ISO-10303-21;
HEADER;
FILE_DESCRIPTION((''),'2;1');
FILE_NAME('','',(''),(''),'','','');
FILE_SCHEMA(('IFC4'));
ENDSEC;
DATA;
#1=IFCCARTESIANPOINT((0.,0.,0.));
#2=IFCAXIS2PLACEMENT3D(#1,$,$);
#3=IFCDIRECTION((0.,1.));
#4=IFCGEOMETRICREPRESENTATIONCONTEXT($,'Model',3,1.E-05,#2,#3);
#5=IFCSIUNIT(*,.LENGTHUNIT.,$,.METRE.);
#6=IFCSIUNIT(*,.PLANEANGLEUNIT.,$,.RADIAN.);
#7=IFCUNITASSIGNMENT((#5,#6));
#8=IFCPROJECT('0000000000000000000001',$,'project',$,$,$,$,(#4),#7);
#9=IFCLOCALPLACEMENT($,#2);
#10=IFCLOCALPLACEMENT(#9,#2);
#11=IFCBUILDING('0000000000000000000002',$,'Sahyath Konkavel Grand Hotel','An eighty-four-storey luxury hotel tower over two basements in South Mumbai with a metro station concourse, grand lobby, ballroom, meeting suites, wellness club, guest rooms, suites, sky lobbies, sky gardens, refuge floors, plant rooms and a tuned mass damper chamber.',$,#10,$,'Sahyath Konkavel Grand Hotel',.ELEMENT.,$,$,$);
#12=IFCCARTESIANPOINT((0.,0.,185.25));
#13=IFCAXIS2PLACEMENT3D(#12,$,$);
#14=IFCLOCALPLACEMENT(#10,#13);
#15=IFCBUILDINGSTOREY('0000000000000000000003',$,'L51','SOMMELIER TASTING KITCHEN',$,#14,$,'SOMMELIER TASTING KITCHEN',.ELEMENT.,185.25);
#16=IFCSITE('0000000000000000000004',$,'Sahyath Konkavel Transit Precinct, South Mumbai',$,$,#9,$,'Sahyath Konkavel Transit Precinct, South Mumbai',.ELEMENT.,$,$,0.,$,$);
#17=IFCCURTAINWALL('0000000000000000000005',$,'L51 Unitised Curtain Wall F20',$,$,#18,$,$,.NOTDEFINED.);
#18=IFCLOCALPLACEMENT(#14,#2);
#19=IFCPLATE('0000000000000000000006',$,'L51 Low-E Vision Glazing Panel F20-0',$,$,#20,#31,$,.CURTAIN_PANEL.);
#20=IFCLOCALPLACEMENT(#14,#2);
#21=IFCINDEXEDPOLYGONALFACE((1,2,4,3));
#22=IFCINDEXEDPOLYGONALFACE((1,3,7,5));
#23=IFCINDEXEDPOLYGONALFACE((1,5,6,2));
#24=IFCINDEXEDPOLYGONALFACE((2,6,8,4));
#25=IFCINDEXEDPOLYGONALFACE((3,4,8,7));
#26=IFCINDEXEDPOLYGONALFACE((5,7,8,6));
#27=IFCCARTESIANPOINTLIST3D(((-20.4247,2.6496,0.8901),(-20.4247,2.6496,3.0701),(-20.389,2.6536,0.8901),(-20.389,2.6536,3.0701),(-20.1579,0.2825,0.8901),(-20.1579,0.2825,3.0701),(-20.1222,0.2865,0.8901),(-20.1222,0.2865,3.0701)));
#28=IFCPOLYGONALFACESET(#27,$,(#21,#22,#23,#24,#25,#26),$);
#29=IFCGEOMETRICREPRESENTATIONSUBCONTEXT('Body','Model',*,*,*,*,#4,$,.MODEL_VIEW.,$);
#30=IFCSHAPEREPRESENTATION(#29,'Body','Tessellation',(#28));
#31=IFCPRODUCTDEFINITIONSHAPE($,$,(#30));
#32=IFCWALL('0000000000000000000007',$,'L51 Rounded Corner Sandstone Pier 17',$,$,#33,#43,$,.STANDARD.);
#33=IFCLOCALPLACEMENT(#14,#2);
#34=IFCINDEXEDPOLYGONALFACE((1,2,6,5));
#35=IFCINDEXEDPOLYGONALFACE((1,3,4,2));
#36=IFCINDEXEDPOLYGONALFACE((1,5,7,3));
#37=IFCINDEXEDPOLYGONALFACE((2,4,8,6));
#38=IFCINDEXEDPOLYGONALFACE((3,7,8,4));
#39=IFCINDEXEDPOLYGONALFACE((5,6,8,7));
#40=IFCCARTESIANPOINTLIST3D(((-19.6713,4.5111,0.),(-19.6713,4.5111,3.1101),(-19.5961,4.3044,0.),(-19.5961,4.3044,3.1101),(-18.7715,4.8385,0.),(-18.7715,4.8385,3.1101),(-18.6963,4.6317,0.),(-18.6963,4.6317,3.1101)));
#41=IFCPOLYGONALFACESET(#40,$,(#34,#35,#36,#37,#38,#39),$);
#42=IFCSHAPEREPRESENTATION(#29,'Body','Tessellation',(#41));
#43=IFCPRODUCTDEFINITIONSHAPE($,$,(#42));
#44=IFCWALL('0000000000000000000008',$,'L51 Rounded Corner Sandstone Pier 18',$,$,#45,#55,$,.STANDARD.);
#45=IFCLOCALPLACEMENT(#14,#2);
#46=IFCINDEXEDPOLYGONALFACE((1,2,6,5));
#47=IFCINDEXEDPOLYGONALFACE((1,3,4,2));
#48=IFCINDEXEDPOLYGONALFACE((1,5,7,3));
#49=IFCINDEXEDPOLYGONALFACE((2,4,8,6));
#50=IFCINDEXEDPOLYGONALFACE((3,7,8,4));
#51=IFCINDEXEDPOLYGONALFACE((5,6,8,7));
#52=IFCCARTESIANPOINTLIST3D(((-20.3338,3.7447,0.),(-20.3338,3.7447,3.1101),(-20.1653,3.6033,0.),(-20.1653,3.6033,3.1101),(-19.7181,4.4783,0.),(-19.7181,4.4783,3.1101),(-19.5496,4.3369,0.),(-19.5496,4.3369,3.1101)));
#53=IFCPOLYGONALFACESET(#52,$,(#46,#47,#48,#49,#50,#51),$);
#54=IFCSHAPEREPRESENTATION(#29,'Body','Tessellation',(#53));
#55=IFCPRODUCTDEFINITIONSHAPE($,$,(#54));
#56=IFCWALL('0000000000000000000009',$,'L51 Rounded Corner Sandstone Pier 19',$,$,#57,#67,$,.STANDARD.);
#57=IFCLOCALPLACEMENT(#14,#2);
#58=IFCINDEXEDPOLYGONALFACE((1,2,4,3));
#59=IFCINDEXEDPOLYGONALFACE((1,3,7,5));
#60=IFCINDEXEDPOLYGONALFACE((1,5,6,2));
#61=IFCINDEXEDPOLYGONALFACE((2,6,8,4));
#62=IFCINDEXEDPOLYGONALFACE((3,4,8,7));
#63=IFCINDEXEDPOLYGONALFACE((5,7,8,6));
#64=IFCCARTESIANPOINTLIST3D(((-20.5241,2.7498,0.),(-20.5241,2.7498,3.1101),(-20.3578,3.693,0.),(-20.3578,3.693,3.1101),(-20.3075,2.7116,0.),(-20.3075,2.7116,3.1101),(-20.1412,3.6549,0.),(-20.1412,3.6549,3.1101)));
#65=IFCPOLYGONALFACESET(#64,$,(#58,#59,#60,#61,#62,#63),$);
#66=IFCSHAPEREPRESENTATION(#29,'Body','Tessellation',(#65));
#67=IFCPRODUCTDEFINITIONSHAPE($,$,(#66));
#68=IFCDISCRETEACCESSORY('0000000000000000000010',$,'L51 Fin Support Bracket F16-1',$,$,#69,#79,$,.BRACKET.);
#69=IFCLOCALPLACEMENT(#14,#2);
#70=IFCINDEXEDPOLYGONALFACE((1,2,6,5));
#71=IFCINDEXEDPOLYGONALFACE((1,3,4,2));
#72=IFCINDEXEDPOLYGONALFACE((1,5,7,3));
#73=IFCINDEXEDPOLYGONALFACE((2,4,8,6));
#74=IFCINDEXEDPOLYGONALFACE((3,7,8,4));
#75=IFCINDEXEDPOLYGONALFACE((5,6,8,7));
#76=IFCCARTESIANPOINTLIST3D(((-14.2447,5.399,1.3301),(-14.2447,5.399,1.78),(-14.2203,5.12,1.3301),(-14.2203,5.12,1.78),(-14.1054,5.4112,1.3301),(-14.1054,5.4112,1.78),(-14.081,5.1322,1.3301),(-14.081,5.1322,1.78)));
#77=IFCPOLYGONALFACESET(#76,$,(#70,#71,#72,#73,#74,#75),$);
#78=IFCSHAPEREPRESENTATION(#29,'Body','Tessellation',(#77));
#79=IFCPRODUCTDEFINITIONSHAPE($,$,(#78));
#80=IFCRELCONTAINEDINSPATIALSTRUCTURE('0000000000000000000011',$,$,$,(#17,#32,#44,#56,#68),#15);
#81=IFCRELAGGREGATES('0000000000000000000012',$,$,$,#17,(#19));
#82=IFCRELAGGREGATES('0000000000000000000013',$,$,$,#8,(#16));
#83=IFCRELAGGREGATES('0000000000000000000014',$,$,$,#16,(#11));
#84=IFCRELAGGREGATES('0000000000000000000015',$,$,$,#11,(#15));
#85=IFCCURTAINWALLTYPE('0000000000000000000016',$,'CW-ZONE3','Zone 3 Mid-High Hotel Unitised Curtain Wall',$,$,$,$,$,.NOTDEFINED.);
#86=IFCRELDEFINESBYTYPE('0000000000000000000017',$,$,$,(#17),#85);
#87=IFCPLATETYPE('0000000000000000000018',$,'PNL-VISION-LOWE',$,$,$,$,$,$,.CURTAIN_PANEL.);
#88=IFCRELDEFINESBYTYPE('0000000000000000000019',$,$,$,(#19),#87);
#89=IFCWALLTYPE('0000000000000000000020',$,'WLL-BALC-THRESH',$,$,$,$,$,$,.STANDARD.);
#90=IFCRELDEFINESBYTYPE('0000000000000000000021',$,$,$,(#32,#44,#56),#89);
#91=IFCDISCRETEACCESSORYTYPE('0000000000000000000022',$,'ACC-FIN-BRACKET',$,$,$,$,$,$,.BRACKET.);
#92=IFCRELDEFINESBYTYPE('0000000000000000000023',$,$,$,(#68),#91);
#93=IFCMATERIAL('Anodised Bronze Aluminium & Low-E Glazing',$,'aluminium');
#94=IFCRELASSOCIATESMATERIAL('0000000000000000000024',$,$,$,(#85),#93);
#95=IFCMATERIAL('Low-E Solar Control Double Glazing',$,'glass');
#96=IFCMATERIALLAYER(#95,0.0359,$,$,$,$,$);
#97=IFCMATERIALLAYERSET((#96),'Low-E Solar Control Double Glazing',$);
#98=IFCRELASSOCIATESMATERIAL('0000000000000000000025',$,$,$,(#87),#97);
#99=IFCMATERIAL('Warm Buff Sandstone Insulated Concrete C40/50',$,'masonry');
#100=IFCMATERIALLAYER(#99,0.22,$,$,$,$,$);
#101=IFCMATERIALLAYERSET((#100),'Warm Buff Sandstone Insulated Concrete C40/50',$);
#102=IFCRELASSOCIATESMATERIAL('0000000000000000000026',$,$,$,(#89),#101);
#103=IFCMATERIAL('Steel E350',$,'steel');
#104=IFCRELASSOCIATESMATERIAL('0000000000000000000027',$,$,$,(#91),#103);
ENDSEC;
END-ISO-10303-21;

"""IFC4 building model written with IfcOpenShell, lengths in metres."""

from ifc_helpers import new_model, si_unit, direction, frame, frame_2d, origin, origin_2d, place, context, subcontext, project, spatial, rectangle, extrude, source, transform, mapped, material, layer, layer_set, type_object, element, aggregate, save


model = new_model("IFC4")

# Units and contexts
model_context = context("Model", 3, precision=1e-05, world=origin(), true_north=direction((0.0, 1.0)))
body_context = subcontext(model_context, "Body", "Model", "MODEL_VIEW")
ifc_project = project(units=[si_unit("LENGTHUNIT", "METRE"), si_unit("PLANEANGLEUNIT", "RADIAN")], contexts=[model_context])

# Site, building, storey
site_placement = place(None, origin())
site = spatial("IfcSite", under=ifc_project, at=site_placement, Name="Sahyath Konkavel Transit Precinct, South Mumbai", LongName="Sahyath Konkavel Transit Precinct, South Mumbai", CompositionType="ELEMENT", RefElevation=0.0)
building_placement = place(site_placement, origin())
building = spatial("IfcBuilding", under=site, at=building_placement, Name="Sahyath Konkavel Grand Hotel", Description="An eighty-four-storey luxury hotel tower over two basements in South Mumbai with a metro station concourse, grand lobby, ballroom, meeting suites, wellness club, guest rooms, suites, sky lobbies, sky gardens, refuge floors, plant rooms and a tuned mass damper chamber.", LongName="Sahyath Konkavel Grand Hotel", CompositionType="ELEMENT")
storey_placement = place(building_placement, frame((0.0, 0.0, 185.25)))
storey = spatial("IfcBuildingStorey", under=building, at=storey_placement, Name="L51", Description="SOMMELIER TASTING KITCHEN", LongName="SOMMELIER TASTING KITCHEN", CompositionType="ELEMENT", Elevation=185.25)

# Shared definitions
ifc_material_1 = material(Name="Steel E350", Category="steel")

# Curtain wall
ifc_material_2 = material(Name="Anodised Bronze Aluminium & Low-E Glazing", Category="aluminium")
curtain_wall_type = type_object("IfcCurtainWallType", Name="CW-ZONE3", Description="Zone 3 Mid-High Hotel Unitised Curtain Wall", PredefinedType="NOTDEFINED", material=ifc_material_2)
curtain_wall_1_placement = place(storey_placement, origin())
curtain_wall_1 = element("IfcCurtainWall", 1, at=curtain_wall_1_placement, inside=storey, type_object=curtain_wall_type, Name="L51 Unitised Curtain Wall F20", PredefinedType="NOTDEFINED")

# Plate
ifc_material_3 = material(Name="Low-E Solar Control Double Glazing", Category="glass")
ifc_layer_1 = layer(ifc_material_3, 0.0359)
ifc_layer_set_1 = layer_set([ifc_layer_1], Name="Low-E Solar Control Double Glazing")
plate_type_1 = type_object("IfcPlateType", Name="PNL-VISION-LOWE", PredefinedType="CURTAIN_PANEL", material=ifc_layer_set_1)
shared_shape_1 = source(origin(), body_context, "Body", "SweptSolid", [
    extrude(rectangle(XDim=2.3821, YDim=0.0359, at=origin_2d()), origin(), (0.0, 0.0, 1.0), 2.1799),
])
plate_1_placement = place(storey_placement, frame((-20.2734, 1.468, 0.8901), z_axis=(0.0, 0.0, 1.0), x_axis=(0.111989, -0.993709, 0.0)))
plate_1 = element("IfcPlate", 2, at=plate_1_placement, type_object=plate_type_1, Name="L51 Low-E Vision Glazing Panel F20-0", PredefinedType="CURTAIN_PANEL", context=body_context, shape_type="MappedRepresentation", body=[
    mapped(shared_shape_1, transform((0.0, 0.0, 0.0), scale=1.0)),
])
aggregate(curtain_wall_1, [plate_1])

# Walls
ifc_material_4 = material(Name="Warm Buff Sandstone Insulated Concrete C40/50", Category="masonry")
ifc_layer_2 = layer(ifc_material_4, 0.22)
ifc_layer_set_2 = layer_set([ifc_layer_2], Name="Warm Buff Sandstone Insulated Concrete C40/50")
wall_type = type_object("IfcWallType", Name="WLL-BALC-THRESH", PredefinedType="STANDARD", material=ifc_layer_set_2)
wall_placement = place(storey_placement, frame((-18.7339, 4.7351, 0.0), z_axis=(0.0, 0.0, 1.0), x_axis=(-0.939741, -0.341886, 0.0)))
element("IfcWall", 3, at=wall_placement, inside=storey, type_object=wall_type, Name="L51 Rounded Corner Sandstone Pier 17", PredefinedType="STANDARD", context=body_context, shape_type="SweptSolid", body=[
    extrude(rectangle(XDim=0.9575, YDim=0.22, at=frame_2d((0.4788, 0.0))), origin(), (0.0, 0.0, 1.0), 3.1101),
])
for number, where, z_axis, x_axis, name in (
    (4, (-19.6338, 4.4077, 0.0), (0.0, 0.0, 1.0), (-0.642863, -0.765981, 0.0), "L51 Rounded Corner Sandstone Pier 18"),
    (5, (-20.2495, 3.6741, 0.0), (0.0, 0.0, 1.0), (-0.173611, -0.984814, 0.0), "L51 Rounded Corner Sandstone Pier 19"),
):
    element("IfcWall", number, at=place(storey_placement, frame(where, z_axis=z_axis, x_axis=x_axis)), inside=storey, type_object=wall_type, Name=name, PredefinedType="STANDARD", context=body_context, shape_type="SweptSolid", body=[
        extrude(rectangle(XDim=0.9578, YDim=0.22, at=frame_2d((0.479, 0.0))), origin(), (0.0, 0.0, 1.0), 3.1101),
    ])

# Discrete accessory
discrete_accessory_type = type_object("IfcDiscreteAccessoryType", Name="ACC-FIN-BRACKET", PredefinedType="BRACKET", material=ifc_material_1)
shared_shape_2 = source(origin(), body_context, "Body", "SweptSolid", [
    extrude(rectangle(XDim=0.28, YDim=0.1399, at=origin_2d()), origin(), (0.0, 0.0, 1.0), 0.45),
])
discrete_accessory_placement = place(storey_placement, frame((-14.1628, 5.2656, 1.3301), z_axis=(0.0, 0.0, 1.0), x_axis=(-0.087156, 0.996195, 0.0)))
element("IfcDiscreteAccessory", 6, at=discrete_accessory_placement, inside=storey, type_object=discrete_accessory_type, Name="L51 Fin Support Bracket F16-1", PredefinedType="BRACKET", context=body_context, shape_type="MappedRepresentation", body=[
    mapped(shared_shape_2, transform((0.0, 0.0, 0.0), scale=1.0)),
])

save(model, "model.ifc")
